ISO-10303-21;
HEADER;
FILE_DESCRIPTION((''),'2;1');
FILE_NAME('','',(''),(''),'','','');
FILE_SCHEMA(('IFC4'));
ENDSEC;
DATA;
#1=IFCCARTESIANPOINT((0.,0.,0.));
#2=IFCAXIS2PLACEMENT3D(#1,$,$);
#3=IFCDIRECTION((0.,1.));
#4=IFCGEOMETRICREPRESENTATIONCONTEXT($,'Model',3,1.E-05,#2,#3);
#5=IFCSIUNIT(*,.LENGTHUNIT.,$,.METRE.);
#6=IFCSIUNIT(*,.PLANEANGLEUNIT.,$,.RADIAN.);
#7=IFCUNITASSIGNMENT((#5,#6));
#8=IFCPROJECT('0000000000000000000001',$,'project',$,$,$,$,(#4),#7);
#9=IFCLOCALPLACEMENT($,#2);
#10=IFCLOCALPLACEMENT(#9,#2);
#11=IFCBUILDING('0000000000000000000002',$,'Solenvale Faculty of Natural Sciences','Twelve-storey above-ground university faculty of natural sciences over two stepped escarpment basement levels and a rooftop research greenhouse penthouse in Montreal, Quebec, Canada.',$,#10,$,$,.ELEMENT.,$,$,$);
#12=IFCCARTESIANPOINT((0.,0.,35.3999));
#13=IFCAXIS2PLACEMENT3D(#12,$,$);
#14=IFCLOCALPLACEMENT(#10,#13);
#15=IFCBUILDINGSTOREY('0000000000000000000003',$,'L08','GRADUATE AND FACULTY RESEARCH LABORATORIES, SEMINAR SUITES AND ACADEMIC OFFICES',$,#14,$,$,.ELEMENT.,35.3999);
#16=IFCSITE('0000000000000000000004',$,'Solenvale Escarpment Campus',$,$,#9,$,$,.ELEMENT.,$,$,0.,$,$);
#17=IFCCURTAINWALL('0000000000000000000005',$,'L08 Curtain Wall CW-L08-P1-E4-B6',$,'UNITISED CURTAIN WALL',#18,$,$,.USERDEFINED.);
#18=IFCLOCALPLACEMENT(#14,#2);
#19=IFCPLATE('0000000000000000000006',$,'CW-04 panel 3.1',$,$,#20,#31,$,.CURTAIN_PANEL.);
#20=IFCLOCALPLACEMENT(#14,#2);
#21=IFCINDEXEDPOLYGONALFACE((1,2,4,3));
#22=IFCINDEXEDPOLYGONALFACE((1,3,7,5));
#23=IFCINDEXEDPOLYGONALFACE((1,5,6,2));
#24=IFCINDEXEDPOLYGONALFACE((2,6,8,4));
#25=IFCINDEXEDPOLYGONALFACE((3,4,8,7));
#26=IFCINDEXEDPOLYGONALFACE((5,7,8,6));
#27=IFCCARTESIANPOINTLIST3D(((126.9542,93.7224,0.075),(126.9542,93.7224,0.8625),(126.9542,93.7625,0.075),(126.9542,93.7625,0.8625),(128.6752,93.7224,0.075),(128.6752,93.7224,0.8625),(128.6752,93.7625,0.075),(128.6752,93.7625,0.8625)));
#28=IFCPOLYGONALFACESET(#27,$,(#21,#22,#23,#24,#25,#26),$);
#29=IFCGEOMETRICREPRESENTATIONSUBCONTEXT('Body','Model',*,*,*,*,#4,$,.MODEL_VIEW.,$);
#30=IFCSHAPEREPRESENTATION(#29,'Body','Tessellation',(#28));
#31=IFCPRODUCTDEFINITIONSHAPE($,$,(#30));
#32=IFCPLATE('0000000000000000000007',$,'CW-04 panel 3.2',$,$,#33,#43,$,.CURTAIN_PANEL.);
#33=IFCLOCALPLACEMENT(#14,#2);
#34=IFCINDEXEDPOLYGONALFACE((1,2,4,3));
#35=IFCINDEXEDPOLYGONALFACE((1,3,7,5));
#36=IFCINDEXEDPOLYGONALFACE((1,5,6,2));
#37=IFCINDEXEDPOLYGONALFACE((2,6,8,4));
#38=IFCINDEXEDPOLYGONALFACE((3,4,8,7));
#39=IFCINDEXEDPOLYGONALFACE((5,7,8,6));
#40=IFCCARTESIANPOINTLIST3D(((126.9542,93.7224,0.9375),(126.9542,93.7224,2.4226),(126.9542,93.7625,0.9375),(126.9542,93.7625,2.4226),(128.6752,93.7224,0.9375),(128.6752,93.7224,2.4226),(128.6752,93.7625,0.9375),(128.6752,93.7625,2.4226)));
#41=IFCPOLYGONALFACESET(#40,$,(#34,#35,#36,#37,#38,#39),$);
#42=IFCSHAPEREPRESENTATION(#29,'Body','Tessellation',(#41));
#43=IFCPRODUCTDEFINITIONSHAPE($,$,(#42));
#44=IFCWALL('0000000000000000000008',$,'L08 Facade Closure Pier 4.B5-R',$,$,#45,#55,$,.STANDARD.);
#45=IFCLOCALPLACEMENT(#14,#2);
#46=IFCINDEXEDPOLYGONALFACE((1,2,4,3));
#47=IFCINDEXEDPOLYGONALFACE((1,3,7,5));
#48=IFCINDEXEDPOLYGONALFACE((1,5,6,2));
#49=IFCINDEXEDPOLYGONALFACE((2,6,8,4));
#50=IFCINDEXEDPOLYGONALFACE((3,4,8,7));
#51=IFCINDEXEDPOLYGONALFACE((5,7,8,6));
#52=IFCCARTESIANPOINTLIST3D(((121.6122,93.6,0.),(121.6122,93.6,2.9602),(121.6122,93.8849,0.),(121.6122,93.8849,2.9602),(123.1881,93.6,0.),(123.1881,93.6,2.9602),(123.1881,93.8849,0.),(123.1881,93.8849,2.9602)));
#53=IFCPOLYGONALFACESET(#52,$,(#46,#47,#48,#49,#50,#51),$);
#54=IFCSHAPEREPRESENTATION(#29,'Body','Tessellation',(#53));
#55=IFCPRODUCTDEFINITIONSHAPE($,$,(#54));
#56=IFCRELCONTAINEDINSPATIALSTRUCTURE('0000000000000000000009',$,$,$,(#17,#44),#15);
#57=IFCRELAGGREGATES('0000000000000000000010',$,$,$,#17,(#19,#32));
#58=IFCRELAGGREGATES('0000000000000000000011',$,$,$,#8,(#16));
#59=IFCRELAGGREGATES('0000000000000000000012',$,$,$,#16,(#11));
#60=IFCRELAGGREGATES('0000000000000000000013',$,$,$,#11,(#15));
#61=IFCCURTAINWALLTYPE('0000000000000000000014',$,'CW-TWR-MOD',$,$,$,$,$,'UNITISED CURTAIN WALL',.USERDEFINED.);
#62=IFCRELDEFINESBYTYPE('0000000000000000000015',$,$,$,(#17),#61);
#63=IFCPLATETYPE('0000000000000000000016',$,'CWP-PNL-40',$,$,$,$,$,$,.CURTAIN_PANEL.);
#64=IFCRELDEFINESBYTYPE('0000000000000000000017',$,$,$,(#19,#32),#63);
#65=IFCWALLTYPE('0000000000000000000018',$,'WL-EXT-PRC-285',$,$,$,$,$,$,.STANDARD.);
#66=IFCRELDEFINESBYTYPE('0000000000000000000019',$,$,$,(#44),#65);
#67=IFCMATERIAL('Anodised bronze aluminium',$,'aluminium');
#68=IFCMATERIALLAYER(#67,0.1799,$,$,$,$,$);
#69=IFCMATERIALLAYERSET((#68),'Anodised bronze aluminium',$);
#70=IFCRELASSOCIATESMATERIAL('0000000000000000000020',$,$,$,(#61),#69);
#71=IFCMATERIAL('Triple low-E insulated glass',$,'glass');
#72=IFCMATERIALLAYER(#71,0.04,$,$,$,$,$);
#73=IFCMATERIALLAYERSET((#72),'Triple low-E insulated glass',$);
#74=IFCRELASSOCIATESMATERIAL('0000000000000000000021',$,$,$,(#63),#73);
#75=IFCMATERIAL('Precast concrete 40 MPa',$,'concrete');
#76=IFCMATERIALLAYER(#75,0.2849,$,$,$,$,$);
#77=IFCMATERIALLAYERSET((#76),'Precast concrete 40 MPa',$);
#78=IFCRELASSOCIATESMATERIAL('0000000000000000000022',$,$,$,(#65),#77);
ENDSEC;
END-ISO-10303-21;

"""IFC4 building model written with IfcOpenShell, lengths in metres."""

from ifc_helpers import new_model, si_unit, direction, frame, frame_2d, origin, origin_2d, place, context, subcontext, project, spatial, rectangle, extrude, material, layer, layer_set, type_object, element, aggregate, save


model = new_model("IFC4")

# Units and contexts
model_context = context("Model", 3, precision=1e-05, world=origin(), true_north=direction((0.0, 1.0)))
body_context = subcontext(model_context, "Body", "Model", "MODEL_VIEW")
ifc_project = project(units=[si_unit("LENGTHUNIT", "METRE"), si_unit("PLANEANGLEUNIT", "RADIAN")], contexts=[model_context])

# Site, building, storey
site_placement = place(None, origin())
site = spatial("IfcSite", under=ifc_project, at=site_placement, Name="Solenvale Escarpment Campus", CompositionType="ELEMENT", RefElevation=0.0)
building_placement = place(site_placement, origin())
building = spatial("IfcBuilding", under=site, at=building_placement, Name="Solenvale Faculty of Natural Sciences", Description="Twelve-storey above-ground university faculty of natural sciences over two stepped escarpment basement levels and a rooftop research greenhouse penthouse in Montreal, Quebec, Canada.", CompositionType="ELEMENT")
storey_placement = place(building_placement, frame((0.0, 0.0, 35.3999)))
storey = spatial("IfcBuildingStorey", under=building, at=storey_placement, Name="L08", Description="GRADUATE AND FACULTY RESEARCH LABORATORIES, SEMINAR SUITES AND ACADEMIC OFFICES", CompositionType="ELEMENT", Elevation=35.3999)

# Shared definitions
ifc_material_1 = material(Name="Anodised bronze aluminium", Category="aluminium")
ifc_layer_1 = layer(ifc_material_1, 0.1799)
ifc_layer_set_1 = layer_set([ifc_layer_1], Name="Anodised bronze aluminium")
curtain_wall_type = type_object("IfcCurtainWallType", Name="CW-TWR-MOD", ElementType="UNITISED CURTAIN WALL", PredefinedType="USERDEFINED", material=ifc_layer_set_1)

# Curtain wall, plates
curtain_wall_1_placement = place(storey_placement, origin())
curtain_wall_1 = element("IfcCurtainWall", 1, at=curtain_wall_1_placement, inside=storey, type_object=curtain_wall_type, Name="L08 Curtain Wall CW-L08-P1-E4-B6", ObjectType="UNITISED CURTAIN WALL", PredefinedType="USERDEFINED")
ifc_material_2 = material(Name="Triple low-E insulated glass", Category="glass")
ifc_layer_2 = layer(ifc_material_2, 0.04)
ifc_layer_set_2 = layer_set([ifc_layer_2], Name="Triple low-E insulated glass")
plate_type = type_object("IfcPlateType", Name="CWP-PNL-40", PredefinedType="CURTAIN_PANEL", material=ifc_layer_set_2)
plate_1_placement = place(storey_placement, frame((127.8147, 93.7424, 0.075), z_axis=(0.0, 0.0, 1.0), x_axis=(1.0, 0.0, 0.0)))
plate_1 = element("IfcPlate", 2, at=plate_1_placement, type_object=plate_type, Name="CW-04 panel 3.1", PredefinedType="CURTAIN_PANEL", context=body_context, shape_type="SweptSolid", body=[
    extrude(rectangle(XDim=1.7209, YDim=0.04, at=origin_2d()), origin(), (0.0, 0.0, 1.0), 0.7876),
])
plate_2_placement = place(storey_placement, frame((127.8147, 93.7424, 0.9375), z_axis=(0.0, 0.0, 1.0), x_axis=(1.0, 0.0, 0.0)))
plate_2 = element("IfcPlate", 3, at=plate_2_placement, type_object=plate_type, Name="CW-04 panel 3.2", PredefinedType="CURTAIN_PANEL", context=body_context, shape_type="SweptSolid", body=[
    extrude(rectangle(XDim=1.7209, YDim=0.04, at=origin_2d()), origin(), (0.0, 0.0, 1.0), 1.4851),
])
aggregate(curtain_wall_1, [plate_1, plate_2])

# Wall
ifc_material_3 = material(Name="Precast concrete 40 MPa", Category="concrete")
ifc_layer_3 = layer(ifc_material_3, 0.2849)
ifc_layer_set_3 = layer_set([ifc_layer_3], Name="Precast concrete 40 MPa")
wall_type = type_object("IfcWallType", Name="WL-EXT-PRC-285", PredefinedType="STANDARD", material=ifc_layer_set_3)
wall_placement = place(storey_placement, frame((121.6121, 93.7424, 0.0), z_axis=(0.0, 0.0, 1.0), x_axis=(1.0, 0.0, 0.0)))
element("IfcWall", 4, at=wall_placement, inside=storey, type_object=wall_type, Name="L08 Facade Closure Pier 4.B5-R", PredefinedType="STANDARD", context=body_context, shape_type="SweptSolid", body=[
    extrude(rectangle(XDim=1.5759, YDim=0.2849, at=frame_2d((0.7881, 0.0))), origin(), (0.0, 0.0, 1.0), 2.9602),
])

save(model, "model.ifc")
